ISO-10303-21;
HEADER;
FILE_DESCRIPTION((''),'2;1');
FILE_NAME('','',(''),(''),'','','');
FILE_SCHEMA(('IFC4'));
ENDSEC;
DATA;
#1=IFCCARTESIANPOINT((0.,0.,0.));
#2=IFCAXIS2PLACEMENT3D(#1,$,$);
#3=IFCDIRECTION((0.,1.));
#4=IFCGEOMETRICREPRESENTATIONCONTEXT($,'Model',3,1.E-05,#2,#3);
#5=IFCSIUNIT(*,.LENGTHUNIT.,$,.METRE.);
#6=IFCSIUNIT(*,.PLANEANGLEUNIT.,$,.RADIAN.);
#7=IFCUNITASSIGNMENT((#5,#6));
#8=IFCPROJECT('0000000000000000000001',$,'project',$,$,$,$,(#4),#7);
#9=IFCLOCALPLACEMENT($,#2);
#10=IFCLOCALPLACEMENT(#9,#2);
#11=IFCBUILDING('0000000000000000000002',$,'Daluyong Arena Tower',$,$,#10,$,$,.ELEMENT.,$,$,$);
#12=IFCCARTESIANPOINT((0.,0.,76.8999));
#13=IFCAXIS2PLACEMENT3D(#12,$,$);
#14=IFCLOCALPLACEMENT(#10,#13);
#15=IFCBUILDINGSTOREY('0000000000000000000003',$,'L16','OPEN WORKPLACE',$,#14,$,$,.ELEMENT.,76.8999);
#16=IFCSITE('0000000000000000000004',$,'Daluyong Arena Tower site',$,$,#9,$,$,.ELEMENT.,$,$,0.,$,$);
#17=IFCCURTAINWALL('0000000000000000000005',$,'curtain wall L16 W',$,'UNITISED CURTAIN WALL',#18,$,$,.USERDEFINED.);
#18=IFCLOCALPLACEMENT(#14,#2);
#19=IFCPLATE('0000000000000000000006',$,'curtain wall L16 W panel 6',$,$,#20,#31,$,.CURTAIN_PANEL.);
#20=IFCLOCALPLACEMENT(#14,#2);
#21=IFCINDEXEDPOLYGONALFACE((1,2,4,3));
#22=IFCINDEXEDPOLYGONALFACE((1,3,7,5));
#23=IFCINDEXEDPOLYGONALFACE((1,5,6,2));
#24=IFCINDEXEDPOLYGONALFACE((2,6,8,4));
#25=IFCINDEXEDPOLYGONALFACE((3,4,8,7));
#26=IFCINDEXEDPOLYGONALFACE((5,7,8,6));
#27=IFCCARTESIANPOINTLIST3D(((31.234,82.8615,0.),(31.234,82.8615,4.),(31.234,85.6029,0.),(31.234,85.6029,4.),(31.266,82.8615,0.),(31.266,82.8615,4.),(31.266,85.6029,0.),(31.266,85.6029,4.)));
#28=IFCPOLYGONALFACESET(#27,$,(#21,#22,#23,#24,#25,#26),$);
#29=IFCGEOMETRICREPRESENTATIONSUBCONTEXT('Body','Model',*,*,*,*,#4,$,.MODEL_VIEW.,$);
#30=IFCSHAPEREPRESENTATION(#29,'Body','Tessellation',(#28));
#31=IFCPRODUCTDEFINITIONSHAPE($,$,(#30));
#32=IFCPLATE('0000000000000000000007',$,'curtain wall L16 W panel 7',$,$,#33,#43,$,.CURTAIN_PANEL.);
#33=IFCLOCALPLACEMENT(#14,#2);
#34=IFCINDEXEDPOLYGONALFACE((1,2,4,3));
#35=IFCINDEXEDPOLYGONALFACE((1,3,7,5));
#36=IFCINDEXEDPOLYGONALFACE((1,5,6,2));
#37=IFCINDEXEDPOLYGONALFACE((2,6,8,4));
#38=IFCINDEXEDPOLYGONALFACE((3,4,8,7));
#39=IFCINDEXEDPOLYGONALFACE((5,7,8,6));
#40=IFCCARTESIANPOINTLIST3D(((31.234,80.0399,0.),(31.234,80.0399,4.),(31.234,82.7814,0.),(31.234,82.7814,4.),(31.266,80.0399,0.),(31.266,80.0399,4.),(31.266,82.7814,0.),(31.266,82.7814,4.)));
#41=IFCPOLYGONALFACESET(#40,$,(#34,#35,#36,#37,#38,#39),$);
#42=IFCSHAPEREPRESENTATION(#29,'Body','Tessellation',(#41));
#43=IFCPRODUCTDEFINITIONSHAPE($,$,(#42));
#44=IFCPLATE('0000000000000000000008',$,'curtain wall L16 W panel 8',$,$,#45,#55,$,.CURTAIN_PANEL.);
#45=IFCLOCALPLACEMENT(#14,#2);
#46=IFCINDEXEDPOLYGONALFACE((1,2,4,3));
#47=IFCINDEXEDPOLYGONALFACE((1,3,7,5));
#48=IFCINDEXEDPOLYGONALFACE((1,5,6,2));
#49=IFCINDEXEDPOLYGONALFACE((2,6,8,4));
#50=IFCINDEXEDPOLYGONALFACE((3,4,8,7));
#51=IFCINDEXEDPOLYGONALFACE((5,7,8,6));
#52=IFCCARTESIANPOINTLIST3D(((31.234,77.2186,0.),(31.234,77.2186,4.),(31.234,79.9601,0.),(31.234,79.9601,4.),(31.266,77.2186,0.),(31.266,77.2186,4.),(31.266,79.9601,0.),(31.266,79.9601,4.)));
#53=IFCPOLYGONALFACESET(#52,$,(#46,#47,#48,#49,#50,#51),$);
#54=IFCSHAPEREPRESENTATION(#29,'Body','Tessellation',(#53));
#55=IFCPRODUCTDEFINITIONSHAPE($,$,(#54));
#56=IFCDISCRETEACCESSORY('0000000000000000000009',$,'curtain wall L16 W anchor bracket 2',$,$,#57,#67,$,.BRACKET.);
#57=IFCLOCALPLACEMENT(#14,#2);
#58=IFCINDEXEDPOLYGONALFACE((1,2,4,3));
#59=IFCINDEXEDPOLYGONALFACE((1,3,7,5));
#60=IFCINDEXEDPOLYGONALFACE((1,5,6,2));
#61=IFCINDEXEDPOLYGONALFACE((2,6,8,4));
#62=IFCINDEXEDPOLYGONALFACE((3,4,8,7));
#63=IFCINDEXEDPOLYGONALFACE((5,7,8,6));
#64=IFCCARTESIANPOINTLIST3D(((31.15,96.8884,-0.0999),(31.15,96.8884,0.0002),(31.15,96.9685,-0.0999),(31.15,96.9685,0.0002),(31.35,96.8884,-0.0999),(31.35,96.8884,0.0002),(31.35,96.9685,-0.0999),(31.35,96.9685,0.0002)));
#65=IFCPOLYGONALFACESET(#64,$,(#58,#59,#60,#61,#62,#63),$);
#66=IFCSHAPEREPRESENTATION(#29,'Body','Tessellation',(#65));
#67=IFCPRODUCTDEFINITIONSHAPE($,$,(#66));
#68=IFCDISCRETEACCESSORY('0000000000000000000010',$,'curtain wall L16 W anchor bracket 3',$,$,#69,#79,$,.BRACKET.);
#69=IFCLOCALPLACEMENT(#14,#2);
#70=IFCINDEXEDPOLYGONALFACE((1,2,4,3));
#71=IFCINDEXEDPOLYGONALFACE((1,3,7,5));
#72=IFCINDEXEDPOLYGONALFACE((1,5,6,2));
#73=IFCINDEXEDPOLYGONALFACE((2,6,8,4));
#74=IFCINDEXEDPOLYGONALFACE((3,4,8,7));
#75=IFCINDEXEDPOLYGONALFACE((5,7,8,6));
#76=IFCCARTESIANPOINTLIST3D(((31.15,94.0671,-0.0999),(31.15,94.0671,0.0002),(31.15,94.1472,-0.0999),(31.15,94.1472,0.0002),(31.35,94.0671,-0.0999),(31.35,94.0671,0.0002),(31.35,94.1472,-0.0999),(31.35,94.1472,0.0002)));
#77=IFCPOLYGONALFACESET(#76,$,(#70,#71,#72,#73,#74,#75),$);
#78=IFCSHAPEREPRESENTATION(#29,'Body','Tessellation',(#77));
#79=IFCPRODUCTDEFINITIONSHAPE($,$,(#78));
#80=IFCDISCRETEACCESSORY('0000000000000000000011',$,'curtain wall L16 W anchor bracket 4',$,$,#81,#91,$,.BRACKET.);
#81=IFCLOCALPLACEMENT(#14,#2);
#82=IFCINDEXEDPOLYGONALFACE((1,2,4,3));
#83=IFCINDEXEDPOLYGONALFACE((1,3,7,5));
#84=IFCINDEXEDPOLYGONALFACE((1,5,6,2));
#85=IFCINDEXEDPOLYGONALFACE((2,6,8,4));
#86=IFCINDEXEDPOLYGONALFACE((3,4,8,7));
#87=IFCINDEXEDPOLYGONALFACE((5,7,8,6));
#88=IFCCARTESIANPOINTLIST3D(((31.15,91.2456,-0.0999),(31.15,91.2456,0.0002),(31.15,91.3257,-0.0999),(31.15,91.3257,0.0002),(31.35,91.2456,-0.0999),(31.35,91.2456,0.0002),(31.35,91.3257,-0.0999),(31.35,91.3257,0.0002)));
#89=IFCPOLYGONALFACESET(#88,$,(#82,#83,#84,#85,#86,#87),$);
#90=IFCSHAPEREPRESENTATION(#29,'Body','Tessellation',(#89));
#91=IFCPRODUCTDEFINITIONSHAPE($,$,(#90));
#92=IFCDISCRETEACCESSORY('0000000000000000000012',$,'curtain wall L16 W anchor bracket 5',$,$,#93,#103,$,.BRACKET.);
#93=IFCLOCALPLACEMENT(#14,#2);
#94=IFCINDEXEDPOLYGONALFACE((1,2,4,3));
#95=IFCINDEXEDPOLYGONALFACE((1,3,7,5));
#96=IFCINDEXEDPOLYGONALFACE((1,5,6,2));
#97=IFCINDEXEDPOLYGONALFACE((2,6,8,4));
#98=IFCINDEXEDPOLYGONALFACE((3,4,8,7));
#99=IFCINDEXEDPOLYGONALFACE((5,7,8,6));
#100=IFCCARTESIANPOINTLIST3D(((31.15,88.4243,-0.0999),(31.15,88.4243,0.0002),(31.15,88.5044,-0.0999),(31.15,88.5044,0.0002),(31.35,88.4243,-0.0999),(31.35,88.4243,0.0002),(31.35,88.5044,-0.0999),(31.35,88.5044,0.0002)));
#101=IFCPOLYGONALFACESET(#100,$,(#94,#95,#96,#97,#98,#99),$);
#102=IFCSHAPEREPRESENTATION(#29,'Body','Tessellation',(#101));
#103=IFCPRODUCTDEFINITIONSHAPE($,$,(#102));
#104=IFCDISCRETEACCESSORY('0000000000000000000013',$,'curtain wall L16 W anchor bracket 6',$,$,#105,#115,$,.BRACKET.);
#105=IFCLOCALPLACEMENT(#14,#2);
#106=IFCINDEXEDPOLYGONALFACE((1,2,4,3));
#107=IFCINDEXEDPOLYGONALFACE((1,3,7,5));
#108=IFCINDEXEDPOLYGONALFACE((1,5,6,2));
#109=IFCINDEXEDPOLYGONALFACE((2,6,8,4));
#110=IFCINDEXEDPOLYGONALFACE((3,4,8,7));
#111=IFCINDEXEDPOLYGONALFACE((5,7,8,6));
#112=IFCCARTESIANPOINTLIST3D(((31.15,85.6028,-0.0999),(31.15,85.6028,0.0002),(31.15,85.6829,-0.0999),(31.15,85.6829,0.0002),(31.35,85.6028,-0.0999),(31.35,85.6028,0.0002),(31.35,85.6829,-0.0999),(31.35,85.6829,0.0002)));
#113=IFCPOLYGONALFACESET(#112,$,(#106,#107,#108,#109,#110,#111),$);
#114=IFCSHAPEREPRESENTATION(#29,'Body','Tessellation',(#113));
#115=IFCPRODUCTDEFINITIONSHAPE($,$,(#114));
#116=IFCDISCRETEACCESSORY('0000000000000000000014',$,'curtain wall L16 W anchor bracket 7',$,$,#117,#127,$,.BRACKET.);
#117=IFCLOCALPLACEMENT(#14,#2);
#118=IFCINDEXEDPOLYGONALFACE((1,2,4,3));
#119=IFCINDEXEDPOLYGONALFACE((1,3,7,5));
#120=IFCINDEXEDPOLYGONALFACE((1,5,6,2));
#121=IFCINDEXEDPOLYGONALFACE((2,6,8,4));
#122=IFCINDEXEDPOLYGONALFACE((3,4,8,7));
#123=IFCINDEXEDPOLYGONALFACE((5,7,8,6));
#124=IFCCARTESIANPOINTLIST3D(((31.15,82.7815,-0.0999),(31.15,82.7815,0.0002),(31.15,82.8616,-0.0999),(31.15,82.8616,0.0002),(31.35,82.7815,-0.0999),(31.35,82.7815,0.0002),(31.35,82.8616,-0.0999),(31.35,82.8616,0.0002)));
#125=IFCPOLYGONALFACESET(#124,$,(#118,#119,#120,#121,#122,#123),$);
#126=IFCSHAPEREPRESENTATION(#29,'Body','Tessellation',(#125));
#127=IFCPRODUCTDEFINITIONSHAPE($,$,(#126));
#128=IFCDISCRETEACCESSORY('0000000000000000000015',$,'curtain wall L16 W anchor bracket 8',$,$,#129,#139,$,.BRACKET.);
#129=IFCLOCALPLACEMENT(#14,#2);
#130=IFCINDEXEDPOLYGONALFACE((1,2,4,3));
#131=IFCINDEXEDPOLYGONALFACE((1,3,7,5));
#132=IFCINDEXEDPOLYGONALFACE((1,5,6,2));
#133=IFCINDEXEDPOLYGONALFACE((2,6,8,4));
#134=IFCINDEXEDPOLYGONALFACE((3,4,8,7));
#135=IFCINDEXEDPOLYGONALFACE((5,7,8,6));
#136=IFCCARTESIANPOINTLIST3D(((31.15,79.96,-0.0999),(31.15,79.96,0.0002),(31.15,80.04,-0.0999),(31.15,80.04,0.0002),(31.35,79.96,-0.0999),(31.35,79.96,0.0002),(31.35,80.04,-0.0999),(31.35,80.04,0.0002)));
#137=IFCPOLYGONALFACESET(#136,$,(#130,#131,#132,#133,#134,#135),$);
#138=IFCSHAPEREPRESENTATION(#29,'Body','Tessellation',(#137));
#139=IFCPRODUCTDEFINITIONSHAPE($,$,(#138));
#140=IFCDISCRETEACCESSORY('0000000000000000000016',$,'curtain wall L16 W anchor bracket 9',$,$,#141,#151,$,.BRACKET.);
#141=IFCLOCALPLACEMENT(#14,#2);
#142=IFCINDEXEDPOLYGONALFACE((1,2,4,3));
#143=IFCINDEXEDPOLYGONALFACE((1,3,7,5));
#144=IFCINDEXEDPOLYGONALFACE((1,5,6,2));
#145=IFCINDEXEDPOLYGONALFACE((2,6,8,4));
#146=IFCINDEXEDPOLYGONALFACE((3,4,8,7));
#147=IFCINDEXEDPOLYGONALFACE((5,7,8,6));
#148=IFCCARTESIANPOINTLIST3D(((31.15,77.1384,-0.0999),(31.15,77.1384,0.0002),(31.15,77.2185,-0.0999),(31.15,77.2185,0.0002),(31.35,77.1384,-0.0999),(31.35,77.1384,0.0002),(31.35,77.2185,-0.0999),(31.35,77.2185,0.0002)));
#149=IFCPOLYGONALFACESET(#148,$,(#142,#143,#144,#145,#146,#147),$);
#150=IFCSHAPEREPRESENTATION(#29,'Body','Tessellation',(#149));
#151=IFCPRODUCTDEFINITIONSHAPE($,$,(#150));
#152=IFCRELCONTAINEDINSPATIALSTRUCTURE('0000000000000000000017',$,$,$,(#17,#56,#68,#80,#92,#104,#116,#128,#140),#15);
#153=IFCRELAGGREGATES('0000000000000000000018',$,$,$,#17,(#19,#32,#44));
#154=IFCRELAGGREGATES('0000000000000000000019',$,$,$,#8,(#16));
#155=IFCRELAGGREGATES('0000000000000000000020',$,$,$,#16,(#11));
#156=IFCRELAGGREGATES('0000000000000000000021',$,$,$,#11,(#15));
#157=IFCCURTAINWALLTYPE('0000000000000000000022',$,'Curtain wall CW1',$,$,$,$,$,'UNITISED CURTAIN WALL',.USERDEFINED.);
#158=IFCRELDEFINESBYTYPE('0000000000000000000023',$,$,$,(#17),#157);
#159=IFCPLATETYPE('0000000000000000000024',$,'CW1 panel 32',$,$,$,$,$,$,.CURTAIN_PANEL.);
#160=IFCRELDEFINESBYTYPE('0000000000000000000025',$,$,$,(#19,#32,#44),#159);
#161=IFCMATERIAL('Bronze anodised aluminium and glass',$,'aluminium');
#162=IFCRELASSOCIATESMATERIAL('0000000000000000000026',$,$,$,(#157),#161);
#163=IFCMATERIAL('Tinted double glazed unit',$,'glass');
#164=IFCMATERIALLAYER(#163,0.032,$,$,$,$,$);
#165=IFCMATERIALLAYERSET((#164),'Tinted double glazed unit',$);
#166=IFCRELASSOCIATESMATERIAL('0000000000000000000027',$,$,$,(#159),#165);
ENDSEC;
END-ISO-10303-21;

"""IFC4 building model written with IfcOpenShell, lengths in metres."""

from ifc_helpers import new_model, si_unit, direction, frame, origin, origin_2d, place, context, subcontext, project, spatial, rectangle, extrude, material, layer, layer_set, type_object, element, aggregate, save


model = new_model("IFC4")

# Units and contexts
model_context = context("Model", 3, precision=1e-05, world=origin(), true_north=direction((0.0, 1.0)))
body_context = subcontext(model_context, "Body", "Model", "MODEL_VIEW")
ifc_project = project(units=[si_unit("LENGTHUNIT", "METRE"), si_unit("PLANEANGLEUNIT", "RADIAN")], contexts=[model_context])

# Site, building, storey
site_placement = place(None, origin())
site = spatial("IfcSite", under=ifc_project, at=site_placement, Name="Daluyong Arena Tower site", CompositionType="ELEMENT", RefElevation=0.0)
building_placement = place(site_placement, origin())
building = spatial("IfcBuilding", under=site, at=building_placement, Name="Daluyong Arena Tower", CompositionType="ELEMENT")
storey_placement = place(building_placement, frame((0.0, 0.0, 76.8999)))
storey = spatial("IfcBuildingStorey", under=building, at=storey_placement, Name="L16", Description="OPEN WORKPLACE", CompositionType="ELEMENT", Elevation=76.8999)

# Curtain wall
ifc_material_1 = material(Name="Bronze anodised aluminium and glass", Category="aluminium")
curtain_wall_type = type_object("IfcCurtainWallType", Name="Curtain wall CW1", ElementType="UNITISED CURTAIN WALL", PredefinedType="USERDEFINED", material=ifc_material_1)
curtain_wall_placement = place(storey_placement, origin())
curtain_wall = element("IfcCurtainWall", 1, at=curtain_wall_placement, inside=storey, type_object=curtain_wall_type, Name="curtain wall L16 W", ObjectType="UNITISED CURTAIN WALL", PredefinedType="USERDEFINED")

# Plates
ifc_material_2 = material(Name="Tinted double glazed unit", Category="glass")
ifc_layer = layer(ifc_material_2, 0.032)
ifc_layer_set = layer_set([ifc_layer], Name="Tinted double glazed unit")
plate_type = type_object("IfcPlateType", Name="CW1 panel 32", PredefinedType="CURTAIN_PANEL", material=ifc_layer_set)
plate_1_placement = place(storey_placement, frame((31.25, 84.2322, 0.0), z_axis=(0.0, 0.0, 1.0), x_axis=(0.0, -1.0, 0.0)))
plate_1 = element("IfcPlate", 2, at=plate_1_placement, type_object=plate_type, Name="curtain wall L16 W panel 6", PredefinedType="CURTAIN_PANEL", context=body_context, shape_type="SweptSolid", body=[
    extrude(rectangle(XDim=2.7415, YDim=0.032, at=origin_2d()), origin(), (0.0, 0.0, 1.0), 4.0),
])
plate_2_placement = place(storey_placement, frame((31.25, 81.4106, 0.0), z_axis=(0.0, 0.0, 1.0), x_axis=(0.0, -1.0, 0.0)))
plate_2 = element("IfcPlate", 3, at=plate_2_placement, type_object=plate_type, Name="curtain wall L16 W panel 7", PredefinedType="CURTAIN_PANEL", context=body_context, shape_type="SweptSolid", body=[
    extrude(rectangle(XDim=2.7415, YDim=0.032, at=origin_2d()), origin(), (0.0, 0.0, 1.0), 4.0),
])
plate_3_placement = place(storey_placement, frame((31.25, 78.5894, 0.0), z_axis=(0.0, 0.0, 1.0), x_axis=(0.0, -1.0, 0.0)))
plate_3 = element("IfcPlate", 4, at=plate_3_placement, type_object=plate_type, Name="curtain wall L16 W panel 8", PredefinedType="CURTAIN_PANEL", context=body_context, shape_type="SweptSolid", body=[
    extrude(rectangle(XDim=2.7415, YDim=0.032, at=origin_2d()), origin(), (0.0, 0.0, 1.0), 4.0),
])
aggregate(curtain_wall, [plate_1, plate_2, plate_3])

# Discrete accessories
for number, where, z_axis, x_axis, name in (
    (5, (31.25, 96.9285, -0.0999), (0.0, 0.0, 1.0), (0.0, -1.0, 0.0), "curtain wall L16 W anchor bracket 2"),
    (6, (31.25, 94.1072, -0.0999), (0.0, 0.0, 1.0), (0.0, -1.0, 0.0), "curtain wall L16 W anchor bracket 3"),
    (7, (31.25, 91.2856, -0.0999), (0.0, 0.0, 1.0), (0.0, -1.0, 0.0), "curtain wall L16 W anchor bracket 4"),
    (8, (31.25, 88.4644, -0.0999), (0.0, 0.0, 1.0), (0.0, -1.0, 0.0), "curtain wall L16 W anchor bracket 5"),
    (9, (31.25, 85.6428, -0.0999), (0.0, 0.0, 1.0), (0.0, -1.0, 0.0), "curtain wall L16 W anchor bracket 6"),
    (10, (31.25, 82.8215, -0.0999), (0.0, 0.0, 1.0), (0.0, -1.0, 0.0), "curtain wall L16 W anchor bracket 7"),
    (11, (31.25, 80.0, -0.0999), (0.0, 0.0, 1.0), (0.0, -1.0, 0.0), "curtain wall L16 W anchor bracket 8"),
    (12, (31.25, 77.1785, -0.0999), (0.0, 0.0, 1.0), (0.0, -1.0, 0.0), "curtain wall L16 W anchor bracket 9"),
):
    element("IfcDiscreteAccessory", number, at=place(storey_placement, frame(where, z_axis=z_axis, x_axis=x_axis)), inside=storey, Name=name, PredefinedType="BRACKET", context=body_context, shape_type="SweptSolid", body=[
        extrude(rectangle(XDim=0.0801, YDim=0.2, at=origin_2d()), origin(), (0.0, 0.0, 1.0), 0.1001),
    ])

save(model, "model.ifc")
